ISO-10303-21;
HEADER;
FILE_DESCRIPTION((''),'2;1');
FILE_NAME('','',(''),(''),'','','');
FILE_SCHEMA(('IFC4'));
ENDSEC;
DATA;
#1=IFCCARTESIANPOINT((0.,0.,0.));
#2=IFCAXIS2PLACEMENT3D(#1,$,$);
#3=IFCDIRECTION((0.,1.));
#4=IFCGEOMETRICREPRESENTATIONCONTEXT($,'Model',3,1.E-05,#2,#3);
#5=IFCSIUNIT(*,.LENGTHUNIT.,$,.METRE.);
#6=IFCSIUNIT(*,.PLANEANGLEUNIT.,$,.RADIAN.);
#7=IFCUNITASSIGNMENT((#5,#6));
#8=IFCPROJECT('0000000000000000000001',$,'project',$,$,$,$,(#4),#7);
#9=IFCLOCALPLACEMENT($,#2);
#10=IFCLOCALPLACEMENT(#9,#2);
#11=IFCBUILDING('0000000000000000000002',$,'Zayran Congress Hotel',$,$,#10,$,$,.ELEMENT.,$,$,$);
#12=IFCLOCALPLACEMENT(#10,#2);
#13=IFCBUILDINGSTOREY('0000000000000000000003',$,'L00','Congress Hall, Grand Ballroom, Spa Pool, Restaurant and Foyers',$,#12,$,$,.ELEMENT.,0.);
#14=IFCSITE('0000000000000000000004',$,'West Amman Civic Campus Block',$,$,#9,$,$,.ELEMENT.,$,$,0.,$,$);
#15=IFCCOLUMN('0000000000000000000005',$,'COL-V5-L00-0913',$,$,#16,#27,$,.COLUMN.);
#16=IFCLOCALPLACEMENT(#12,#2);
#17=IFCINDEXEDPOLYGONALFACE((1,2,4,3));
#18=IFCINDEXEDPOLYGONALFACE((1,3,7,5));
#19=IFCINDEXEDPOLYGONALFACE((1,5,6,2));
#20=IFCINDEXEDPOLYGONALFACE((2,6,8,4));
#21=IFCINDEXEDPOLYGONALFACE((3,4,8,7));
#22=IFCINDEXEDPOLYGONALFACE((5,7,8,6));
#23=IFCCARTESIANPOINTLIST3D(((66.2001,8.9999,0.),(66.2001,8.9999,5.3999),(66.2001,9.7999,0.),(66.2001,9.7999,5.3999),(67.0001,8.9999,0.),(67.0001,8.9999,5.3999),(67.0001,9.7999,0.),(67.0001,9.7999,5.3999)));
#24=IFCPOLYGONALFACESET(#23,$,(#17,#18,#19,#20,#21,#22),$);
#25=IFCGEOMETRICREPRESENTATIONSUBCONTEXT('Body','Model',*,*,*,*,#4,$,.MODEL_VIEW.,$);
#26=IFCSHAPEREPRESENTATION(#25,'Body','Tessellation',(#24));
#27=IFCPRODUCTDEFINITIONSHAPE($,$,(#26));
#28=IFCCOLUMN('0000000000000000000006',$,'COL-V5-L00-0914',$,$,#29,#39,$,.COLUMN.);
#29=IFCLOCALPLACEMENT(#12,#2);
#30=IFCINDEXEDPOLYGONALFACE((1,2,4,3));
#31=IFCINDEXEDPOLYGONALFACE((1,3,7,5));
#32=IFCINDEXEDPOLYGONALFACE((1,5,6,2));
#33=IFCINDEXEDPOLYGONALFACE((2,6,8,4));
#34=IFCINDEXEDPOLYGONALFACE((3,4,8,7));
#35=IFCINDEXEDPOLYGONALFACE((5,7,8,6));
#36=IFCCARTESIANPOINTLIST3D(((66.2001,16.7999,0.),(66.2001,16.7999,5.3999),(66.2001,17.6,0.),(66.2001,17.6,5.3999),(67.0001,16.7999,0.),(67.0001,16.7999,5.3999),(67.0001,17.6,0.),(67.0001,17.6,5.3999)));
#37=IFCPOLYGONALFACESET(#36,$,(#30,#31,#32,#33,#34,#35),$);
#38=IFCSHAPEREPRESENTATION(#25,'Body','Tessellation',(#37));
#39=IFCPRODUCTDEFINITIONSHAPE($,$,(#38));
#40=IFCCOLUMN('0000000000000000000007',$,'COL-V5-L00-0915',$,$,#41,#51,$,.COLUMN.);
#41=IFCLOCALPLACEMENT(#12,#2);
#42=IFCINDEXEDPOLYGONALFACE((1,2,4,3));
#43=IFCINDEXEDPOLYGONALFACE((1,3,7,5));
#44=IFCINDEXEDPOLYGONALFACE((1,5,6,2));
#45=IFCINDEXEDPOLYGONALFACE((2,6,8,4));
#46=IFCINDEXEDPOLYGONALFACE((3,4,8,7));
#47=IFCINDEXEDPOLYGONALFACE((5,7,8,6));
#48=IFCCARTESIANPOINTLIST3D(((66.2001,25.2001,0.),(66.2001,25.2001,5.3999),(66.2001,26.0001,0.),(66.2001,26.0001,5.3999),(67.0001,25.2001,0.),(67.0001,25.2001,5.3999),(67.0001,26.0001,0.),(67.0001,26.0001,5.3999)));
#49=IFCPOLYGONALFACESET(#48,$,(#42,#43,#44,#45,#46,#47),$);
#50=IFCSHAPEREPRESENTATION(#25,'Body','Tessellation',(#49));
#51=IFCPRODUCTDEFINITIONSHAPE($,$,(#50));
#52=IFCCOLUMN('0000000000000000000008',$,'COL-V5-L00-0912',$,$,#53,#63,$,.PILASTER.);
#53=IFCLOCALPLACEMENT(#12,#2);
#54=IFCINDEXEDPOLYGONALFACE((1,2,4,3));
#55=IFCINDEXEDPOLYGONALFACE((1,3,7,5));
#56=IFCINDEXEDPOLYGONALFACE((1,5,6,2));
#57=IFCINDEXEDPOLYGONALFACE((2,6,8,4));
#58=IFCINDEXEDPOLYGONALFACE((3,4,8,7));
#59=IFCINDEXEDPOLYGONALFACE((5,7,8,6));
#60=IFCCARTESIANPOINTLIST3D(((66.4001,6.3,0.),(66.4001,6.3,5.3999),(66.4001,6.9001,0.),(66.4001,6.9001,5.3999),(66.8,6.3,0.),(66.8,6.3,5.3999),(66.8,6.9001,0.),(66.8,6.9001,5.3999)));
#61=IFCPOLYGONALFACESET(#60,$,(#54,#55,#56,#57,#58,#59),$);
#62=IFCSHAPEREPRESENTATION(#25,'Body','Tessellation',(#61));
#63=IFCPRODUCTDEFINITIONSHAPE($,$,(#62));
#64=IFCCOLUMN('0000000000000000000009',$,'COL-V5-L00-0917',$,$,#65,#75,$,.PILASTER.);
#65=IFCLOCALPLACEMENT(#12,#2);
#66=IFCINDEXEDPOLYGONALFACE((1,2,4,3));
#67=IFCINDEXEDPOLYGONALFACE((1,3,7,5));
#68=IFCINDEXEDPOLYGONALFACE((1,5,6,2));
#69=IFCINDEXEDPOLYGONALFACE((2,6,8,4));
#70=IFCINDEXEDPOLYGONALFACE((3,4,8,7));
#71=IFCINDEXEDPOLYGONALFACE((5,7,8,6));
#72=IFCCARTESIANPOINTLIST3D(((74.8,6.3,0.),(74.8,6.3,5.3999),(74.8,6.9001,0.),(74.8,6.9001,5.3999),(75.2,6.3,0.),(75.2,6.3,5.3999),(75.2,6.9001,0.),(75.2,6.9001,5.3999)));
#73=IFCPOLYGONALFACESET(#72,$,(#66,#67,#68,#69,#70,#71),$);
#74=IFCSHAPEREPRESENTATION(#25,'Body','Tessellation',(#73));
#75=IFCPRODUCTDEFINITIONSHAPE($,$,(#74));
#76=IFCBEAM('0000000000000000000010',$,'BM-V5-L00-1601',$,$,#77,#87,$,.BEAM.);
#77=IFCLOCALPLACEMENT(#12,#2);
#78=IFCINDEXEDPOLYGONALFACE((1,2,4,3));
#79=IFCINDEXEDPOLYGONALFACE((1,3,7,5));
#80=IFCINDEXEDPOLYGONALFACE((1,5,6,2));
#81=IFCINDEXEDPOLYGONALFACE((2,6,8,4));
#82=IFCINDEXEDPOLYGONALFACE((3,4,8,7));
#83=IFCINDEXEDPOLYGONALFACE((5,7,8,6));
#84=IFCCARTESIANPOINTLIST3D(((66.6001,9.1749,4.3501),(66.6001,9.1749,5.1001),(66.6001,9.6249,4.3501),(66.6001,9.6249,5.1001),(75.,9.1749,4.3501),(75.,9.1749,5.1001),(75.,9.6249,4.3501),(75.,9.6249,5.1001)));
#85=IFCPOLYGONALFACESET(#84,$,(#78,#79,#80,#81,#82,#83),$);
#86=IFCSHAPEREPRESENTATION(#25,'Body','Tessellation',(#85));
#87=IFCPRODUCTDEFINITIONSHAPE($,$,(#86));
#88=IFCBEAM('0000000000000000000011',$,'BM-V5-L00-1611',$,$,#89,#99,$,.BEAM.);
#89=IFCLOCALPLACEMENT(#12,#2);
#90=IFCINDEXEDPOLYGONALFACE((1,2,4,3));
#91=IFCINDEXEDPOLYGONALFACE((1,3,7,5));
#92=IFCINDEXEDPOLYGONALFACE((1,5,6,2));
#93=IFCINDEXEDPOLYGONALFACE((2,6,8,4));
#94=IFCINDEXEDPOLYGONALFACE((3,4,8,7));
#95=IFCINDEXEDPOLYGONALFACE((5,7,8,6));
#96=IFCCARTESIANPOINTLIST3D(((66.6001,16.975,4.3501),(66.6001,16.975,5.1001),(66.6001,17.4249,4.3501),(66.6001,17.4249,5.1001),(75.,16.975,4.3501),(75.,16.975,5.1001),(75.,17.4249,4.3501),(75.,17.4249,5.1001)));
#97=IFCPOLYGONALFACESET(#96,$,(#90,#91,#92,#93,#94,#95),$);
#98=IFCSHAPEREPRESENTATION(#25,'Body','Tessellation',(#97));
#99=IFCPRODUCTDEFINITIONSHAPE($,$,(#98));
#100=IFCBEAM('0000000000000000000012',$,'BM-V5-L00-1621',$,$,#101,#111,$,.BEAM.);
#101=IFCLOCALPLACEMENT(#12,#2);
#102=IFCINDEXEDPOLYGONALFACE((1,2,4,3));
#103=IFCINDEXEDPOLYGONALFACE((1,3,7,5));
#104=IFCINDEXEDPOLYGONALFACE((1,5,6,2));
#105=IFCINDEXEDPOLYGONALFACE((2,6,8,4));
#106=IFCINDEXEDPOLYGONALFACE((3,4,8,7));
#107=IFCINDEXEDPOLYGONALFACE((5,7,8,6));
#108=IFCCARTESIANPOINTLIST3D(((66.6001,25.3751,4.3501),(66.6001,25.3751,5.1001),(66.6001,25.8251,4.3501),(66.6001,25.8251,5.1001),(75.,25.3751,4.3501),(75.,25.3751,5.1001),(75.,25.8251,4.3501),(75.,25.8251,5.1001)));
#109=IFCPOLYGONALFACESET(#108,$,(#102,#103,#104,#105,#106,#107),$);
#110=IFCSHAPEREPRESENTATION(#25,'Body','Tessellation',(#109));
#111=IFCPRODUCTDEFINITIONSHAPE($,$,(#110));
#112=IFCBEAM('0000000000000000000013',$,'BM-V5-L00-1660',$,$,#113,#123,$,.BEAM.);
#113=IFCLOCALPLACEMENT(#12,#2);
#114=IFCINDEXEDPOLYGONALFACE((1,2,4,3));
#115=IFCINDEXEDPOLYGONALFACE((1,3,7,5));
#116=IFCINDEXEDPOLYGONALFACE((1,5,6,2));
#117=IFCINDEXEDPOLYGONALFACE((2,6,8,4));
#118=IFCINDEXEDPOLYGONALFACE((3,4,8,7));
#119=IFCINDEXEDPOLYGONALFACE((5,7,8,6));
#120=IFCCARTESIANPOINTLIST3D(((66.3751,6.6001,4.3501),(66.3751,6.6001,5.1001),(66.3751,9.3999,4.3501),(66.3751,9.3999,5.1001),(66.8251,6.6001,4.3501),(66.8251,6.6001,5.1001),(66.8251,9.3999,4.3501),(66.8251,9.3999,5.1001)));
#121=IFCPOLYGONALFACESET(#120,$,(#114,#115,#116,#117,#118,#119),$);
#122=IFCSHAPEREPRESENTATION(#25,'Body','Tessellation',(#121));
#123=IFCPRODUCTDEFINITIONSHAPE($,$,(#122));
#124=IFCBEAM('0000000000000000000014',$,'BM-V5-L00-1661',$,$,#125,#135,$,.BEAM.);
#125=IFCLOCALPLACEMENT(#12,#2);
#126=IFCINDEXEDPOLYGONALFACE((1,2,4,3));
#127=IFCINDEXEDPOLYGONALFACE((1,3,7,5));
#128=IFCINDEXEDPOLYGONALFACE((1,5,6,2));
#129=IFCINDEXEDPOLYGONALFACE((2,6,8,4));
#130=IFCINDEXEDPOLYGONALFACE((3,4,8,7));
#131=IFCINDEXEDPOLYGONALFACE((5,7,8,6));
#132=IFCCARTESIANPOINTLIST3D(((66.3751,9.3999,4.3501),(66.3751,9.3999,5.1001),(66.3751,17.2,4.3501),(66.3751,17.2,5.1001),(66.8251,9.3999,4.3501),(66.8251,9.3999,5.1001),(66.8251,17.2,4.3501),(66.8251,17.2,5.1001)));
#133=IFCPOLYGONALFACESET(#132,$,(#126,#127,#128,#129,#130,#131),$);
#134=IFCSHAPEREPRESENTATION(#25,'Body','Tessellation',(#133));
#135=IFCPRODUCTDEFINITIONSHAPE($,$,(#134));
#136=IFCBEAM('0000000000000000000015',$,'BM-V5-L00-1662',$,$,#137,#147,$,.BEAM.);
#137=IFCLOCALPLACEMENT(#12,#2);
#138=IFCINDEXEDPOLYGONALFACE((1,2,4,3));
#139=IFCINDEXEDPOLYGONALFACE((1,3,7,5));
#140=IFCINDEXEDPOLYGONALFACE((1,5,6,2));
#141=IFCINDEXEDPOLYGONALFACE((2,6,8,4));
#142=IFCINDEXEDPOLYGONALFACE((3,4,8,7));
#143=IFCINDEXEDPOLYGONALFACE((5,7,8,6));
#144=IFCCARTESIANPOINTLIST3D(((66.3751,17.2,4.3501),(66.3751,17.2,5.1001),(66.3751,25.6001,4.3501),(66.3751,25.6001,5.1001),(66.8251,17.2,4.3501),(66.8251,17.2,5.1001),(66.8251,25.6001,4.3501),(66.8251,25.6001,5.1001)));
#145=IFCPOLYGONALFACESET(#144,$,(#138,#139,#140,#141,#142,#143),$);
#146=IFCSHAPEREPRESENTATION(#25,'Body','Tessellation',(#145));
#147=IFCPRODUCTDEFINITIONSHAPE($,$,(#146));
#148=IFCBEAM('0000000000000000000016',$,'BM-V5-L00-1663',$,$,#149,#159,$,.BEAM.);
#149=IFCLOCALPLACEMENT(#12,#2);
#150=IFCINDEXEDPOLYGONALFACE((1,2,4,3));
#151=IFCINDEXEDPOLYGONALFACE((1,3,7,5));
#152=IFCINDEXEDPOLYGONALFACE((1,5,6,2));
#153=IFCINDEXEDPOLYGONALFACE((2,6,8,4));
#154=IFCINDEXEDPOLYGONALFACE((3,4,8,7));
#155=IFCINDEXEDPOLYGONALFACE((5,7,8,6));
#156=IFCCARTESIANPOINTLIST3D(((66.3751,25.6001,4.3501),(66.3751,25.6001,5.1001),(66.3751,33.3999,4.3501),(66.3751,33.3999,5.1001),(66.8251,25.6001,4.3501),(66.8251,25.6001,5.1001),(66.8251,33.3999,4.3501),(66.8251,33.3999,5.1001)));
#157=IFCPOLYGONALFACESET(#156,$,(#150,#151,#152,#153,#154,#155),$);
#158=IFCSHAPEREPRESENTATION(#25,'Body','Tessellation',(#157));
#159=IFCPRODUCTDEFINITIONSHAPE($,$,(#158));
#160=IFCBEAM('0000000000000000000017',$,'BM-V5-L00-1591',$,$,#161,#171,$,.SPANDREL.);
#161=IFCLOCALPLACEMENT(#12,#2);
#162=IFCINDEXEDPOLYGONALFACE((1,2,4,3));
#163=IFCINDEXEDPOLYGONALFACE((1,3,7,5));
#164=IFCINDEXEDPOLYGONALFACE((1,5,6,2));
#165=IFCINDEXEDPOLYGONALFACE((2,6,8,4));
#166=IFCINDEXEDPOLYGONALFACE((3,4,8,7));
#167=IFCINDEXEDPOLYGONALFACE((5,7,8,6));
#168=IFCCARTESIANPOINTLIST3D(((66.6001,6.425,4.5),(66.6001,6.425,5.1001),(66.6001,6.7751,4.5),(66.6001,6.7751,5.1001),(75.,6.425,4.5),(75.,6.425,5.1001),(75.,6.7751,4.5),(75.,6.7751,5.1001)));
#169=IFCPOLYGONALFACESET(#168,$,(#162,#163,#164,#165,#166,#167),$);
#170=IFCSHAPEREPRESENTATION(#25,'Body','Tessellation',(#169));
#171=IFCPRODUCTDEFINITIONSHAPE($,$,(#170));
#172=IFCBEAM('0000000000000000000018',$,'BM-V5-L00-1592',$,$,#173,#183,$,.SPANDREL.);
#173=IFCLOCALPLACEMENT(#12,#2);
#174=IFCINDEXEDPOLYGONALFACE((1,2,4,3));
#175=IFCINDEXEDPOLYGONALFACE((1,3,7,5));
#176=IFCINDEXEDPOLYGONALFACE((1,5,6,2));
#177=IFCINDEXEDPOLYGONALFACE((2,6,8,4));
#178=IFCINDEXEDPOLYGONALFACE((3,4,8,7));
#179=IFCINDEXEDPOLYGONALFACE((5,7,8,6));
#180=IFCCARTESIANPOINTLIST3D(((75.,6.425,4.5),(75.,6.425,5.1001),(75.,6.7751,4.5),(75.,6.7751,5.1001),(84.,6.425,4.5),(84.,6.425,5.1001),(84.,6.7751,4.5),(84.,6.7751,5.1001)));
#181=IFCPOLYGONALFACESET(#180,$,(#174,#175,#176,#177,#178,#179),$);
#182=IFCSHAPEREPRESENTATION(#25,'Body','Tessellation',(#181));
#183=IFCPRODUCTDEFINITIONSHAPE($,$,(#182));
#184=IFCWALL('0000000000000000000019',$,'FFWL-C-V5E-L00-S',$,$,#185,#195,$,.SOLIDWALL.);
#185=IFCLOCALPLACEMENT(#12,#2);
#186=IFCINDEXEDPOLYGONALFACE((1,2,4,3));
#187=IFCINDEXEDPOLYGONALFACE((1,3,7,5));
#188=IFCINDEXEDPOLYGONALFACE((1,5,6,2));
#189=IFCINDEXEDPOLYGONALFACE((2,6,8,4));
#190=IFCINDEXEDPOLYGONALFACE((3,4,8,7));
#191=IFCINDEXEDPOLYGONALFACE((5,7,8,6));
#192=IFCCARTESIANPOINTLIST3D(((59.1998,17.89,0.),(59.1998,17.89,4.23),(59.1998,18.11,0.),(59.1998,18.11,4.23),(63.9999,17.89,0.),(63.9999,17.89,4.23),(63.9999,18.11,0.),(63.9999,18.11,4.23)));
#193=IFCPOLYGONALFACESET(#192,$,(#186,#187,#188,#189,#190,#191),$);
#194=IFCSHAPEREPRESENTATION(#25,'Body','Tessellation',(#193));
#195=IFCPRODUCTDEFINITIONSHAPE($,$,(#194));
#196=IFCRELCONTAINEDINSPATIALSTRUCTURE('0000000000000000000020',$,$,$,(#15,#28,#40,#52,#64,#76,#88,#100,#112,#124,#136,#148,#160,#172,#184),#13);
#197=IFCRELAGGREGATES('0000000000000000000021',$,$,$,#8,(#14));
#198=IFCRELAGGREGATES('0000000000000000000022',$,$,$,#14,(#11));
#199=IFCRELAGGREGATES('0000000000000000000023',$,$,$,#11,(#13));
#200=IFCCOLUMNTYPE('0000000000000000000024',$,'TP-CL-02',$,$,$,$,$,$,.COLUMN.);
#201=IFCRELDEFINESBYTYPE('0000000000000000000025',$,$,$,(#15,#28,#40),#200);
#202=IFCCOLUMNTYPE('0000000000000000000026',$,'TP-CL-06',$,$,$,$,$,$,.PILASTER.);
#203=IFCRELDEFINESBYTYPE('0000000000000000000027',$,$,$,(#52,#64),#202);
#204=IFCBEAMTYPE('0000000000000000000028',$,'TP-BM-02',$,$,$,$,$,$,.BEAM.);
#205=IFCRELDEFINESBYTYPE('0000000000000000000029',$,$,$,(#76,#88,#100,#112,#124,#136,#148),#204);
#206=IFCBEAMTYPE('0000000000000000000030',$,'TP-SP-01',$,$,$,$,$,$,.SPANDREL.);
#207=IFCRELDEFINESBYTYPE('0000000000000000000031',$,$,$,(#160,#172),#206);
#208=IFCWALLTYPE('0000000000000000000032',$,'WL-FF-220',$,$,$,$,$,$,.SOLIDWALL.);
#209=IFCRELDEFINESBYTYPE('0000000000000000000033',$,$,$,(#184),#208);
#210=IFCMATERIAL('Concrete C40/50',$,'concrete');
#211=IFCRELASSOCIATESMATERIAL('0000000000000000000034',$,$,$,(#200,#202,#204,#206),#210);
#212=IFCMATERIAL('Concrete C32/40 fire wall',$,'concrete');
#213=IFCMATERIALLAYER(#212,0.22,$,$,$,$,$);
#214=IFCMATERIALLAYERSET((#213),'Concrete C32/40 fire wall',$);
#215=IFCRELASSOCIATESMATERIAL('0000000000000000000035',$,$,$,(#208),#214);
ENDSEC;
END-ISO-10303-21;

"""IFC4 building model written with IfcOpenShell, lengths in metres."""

from ifc_helpers import new_model, si_unit, direction, frame, frame_2d, origin, origin_2d, place, context, subcontext, project, spatial, rectangle, extrude, material, layer, layer_set, material_profile, profile_set, type_object, element, save


model = new_model("IFC4")

# Units and contexts
model_context = context("Model", 3, precision=1e-05, world=origin(), true_north=direction((0.0, 1.0)))
body_context = subcontext(model_context, "Body", "Model", "MODEL_VIEW")
ifc_project = project(units=[si_unit("LENGTHUNIT", "METRE"), si_unit("PLANEANGLEUNIT", "RADIAN")], contexts=[model_context])

# Site, building, storey
site_placement = place(None, origin())
site = spatial("IfcSite", under=ifc_project, at=site_placement, Name="West Amman Civic Campus Block", CompositionType="ELEMENT", RefElevation=0.0)
building_placement = place(site_placement, origin())
building = spatial("IfcBuilding", under=site, at=building_placement, Name="Zayran Congress Hotel", CompositionType="ELEMENT")
storey_placement = place(building_placement, origin())
storey = spatial("IfcBuildingStorey", under=building, at=storey_placement, Name="L00", Description="Congress Hall, Grand Ballroom, Spa Pool, Restaurant and Foyers", CompositionType="ELEMENT", Elevation=0.0)

# Columns
ifc_material_1 = material(Name="Concrete C40/50", Category="concrete")
ifc_material_profile_1 = material_profile(ifc_material_1, rectangle(XDim=0.8, YDim=0.8, at=origin_2d()), Name="RC 800x800")
ifc_profile_set_1 = profile_set([ifc_material_profile_1], Name="Concrete C40/50")
column_type_1 = type_object("IfcColumnType", Name="TP-CL-02", PredefinedType="COLUMN", material=ifc_profile_set_1)
for number, where, z_axis, x_axis, name in (
    (1, (66.6001, 9.3999, 0.0), (0.0, 0.0, 1.0), (1.0, 0.0, 0.0), "COL-V5-L00-0913"),
    (2, (66.6001, 17.2, 0.0), (0.0, 0.0, 1.0), (1.0, 0.0, 0.0), "COL-V5-L00-0914"),
    (3, (66.6001, 25.6001, 0.0), (0.0, 0.0, 1.0), (1.0, 0.0, 0.0), "COL-V5-L00-0915"),
):
    element("IfcColumn", number, at=place(storey_placement, frame(where, z_axis=z_axis, x_axis=x_axis)), inside=storey, type_object=column_type_1, Name=name, PredefinedType="COLUMN", context=body_context, shape_type="SweptSolid", body=[
        extrude(rectangle(XDim=0.8, YDim=0.8, at=origin_2d()), origin(), (0.0, 0.0, 1.0), 5.3999),
    ])
ifc_material_profile_2 = material_profile(ifc_material_1, rectangle(XDim=0.3999, YDim=0.6001, at=origin_2d()), Name="RC 600x400")
ifc_profile_set_2 = profile_set([ifc_material_profile_2], Name="Concrete C40/50")
column_type_2 = type_object("IfcColumnType", Name="TP-CL-06", PredefinedType="PILASTER", material=ifc_profile_set_2)
for number, where, z_axis, x_axis, name in (
    (4, (66.6001, 6.6001, 0.0), (0.0, 0.0, 1.0), (1.0, 0.0, 0.0), "COL-V5-L00-0912"),
    (5, (75.0, 6.6001, 0.0), (0.0, 0.0, 1.0), (1.0, 0.0, 0.0), "COL-V5-L00-0917"),
):
    element("IfcColumn", number, at=place(storey_placement, frame(where, z_axis=z_axis, x_axis=x_axis)), inside=storey, type_object=column_type_2, Name=name, PredefinedType="PILASTER", context=body_context, shape_type="SweptSolid", body=[
        extrude(rectangle(XDim=0.3999, YDim=0.6001, at=origin_2d()), origin(), (0.0, 0.0, 1.0), 5.3999),
    ])

# Beams
ifc_material_profile_3 = material_profile(ifc_material_1, rectangle(XDim=0.45, YDim=0.75, at=origin_2d()), Name="RC 450x750")
ifc_profile_set_3 = profile_set([ifc_material_profile_3], Name="Concrete C40/50")
beam_type_1 = type_object("IfcBeamType", Name="TP-BM-02", PredefinedType="BEAM", material=ifc_profile_set_3)
for number, where, z_axis, x_axis, name in (
    (6, (66.6001, 9.3999, 4.7251), (1.0, 0.0, 0.0), (0.0, 1.0, 0.0), "BM-V5-L00-1601"),
    (7, (66.6001, 17.2, 4.7251), (1.0, 0.0, 0.0), (0.0, 1.0, 0.0), "BM-V5-L00-1611"),
    (8, (66.6001, 25.6001, 4.7251), (1.0, 0.0, 0.0), (0.0, 1.0, 0.0), "BM-V5-L00-1621"),
):
    element("IfcBeam", number, at=place(storey_placement, frame(where, z_axis=z_axis, x_axis=x_axis)), inside=storey, type_object=beam_type_1, Name=name, PredefinedType="BEAM", context=body_context, shape_type="SweptSolid", body=[
        extrude(rectangle(XDim=0.45, YDim=0.75, at=origin_2d()), origin(), (0.0, 0.0, 1.0), 8.3999),
    ])
beam_1_placement = place(storey_placement, frame((66.6001, 6.6001, 4.7251), z_axis=(0.0, 1.0, 0.0), x_axis=(-1.0, 0.0, 0.0)))
element("IfcBeam", 9, at=beam_1_placement, inside=storey, type_object=beam_type_1, Name="BM-V5-L00-1660", PredefinedType="BEAM", context=body_context, shape_type="SweptSolid", body=[
    extrude(rectangle(XDim=0.45, YDim=0.75, at=origin_2d()), origin(), (0.0, 0.0, 1.0), 2.7998),
])
beam_2_placement = place(storey_placement, frame((66.6001, 9.3999, 4.7251), z_axis=(0.0, 1.0, 0.0), x_axis=(-1.0, 0.0, 0.0)))
element("IfcBeam", 10, at=beam_2_placement, inside=storey, type_object=beam_type_1, Name="BM-V5-L00-1661", PredefinedType="BEAM", context=body_context, shape_type="SweptSolid", body=[
    extrude(rectangle(XDim=0.45, YDim=0.75, at=origin_2d()), origin(), (0.0, 0.0, 1.0), 7.8),
])
beam_3_placement = place(storey_placement, frame((66.6001, 17.2, 4.7251), z_axis=(0.0, 1.0, 0.0), x_axis=(-1.0, 0.0, 0.0)))
element("IfcBeam", 11, at=beam_3_placement, inside=storey, type_object=beam_type_1, Name="BM-V5-L00-1662", PredefinedType="BEAM", context=body_context, shape_type="SweptSolid", body=[
    extrude(rectangle(XDim=0.45, YDim=0.75, at=origin_2d()), origin(), (0.0, 0.0, 1.0), 8.4001),
])
beam_4_placement = place(storey_placement, frame((66.6001, 25.6001, 4.7251), z_axis=(0.0, 1.0, 0.0), x_axis=(-1.0, 0.0, 0.0)))
element("IfcBeam", 12, at=beam_4_placement, inside=storey, type_object=beam_type_1, Name="BM-V5-L00-1663", PredefinedType="BEAM", context=body_context, shape_type="SweptSolid", body=[
    extrude(rectangle(XDim=0.45, YDim=0.75, at=origin_2d()), origin(), (0.0, 0.0, 1.0), 7.7998),
])
ifc_material_profile_4 = material_profile(ifc_material_1, rectangle(XDim=0.3501, YDim=0.6001, at=origin_2d()), Name="RC 350x600")
ifc_profile_set_4 = profile_set([ifc_material_profile_4], Name="Concrete C40/50")
beam_type_2 = type_object("IfcBeamType", Name="TP-SP-01", PredefinedType="SPANDREL", material=ifc_profile_set_4)
beam_5_placement = place(storey_placement, frame((66.6001, 6.6001, 4.8), z_axis=(1.0, 0.0, 0.0), x_axis=(0.0, 1.0, 0.0)))
element("IfcBeam", 13, at=beam_5_placement, inside=storey, type_object=beam_type_2, Name="BM-V5-L00-1591", PredefinedType="SPANDREL", context=body_context, shape_type="SweptSolid", body=[
    extrude(rectangle(XDim=0.3501, YDim=0.6001, at=origin_2d()), origin(), (0.0, 0.0, 1.0), 8.3999),
])
beam_6_placement = place(storey_placement, frame((75.0, 6.6001, 4.8), z_axis=(1.0, 0.0, 0.0), x_axis=(0.0, 1.0, 0.0)))
element("IfcBeam", 14, at=beam_6_placement, inside=storey, type_object=beam_type_2, Name="BM-V5-L00-1592", PredefinedType="SPANDREL", context=body_context, shape_type="SweptSolid", body=[
    extrude(rectangle(XDim=0.3501, YDim=0.6001, at=origin_2d()), origin(), (0.0, 0.0, 1.0), 9.0),
])

# Wall
ifc_material_2 = material(Name="Concrete C32/40 fire wall", Category="concrete")
ifc_layer_1 = layer(ifc_material_2, 0.22)
ifc_layer_set_1 = layer_set([ifc_layer_1], Name="Concrete C32/40 fire wall")
wall_type_1 = type_object("IfcWallType", Name="WL-FF-220", PredefinedType="SOLIDWALL", material=ifc_layer_set_1)
wall_1_placement = place(storey_placement, frame((59.2, 18.0, 0.0), z_axis=(0.0, 0.0, 1.0), x_axis=(1.0, 0.0, 0.0)))
element("IfcWall", 15, at=wall_1_placement, inside=storey, type_object=wall_type_1, Name="FFWL-C-V5E-L00-S", PredefinedType="SOLIDWALL", context=body_context, shape_type="SweptSolid", body=[
    extrude(rectangle(XDim=4.8, YDim=0.22, at=frame_2d((2.3999, 0.0))), origin(), (0.0, 0.0, 1.0), 4.23),
])

save(model, "model.ifc")
